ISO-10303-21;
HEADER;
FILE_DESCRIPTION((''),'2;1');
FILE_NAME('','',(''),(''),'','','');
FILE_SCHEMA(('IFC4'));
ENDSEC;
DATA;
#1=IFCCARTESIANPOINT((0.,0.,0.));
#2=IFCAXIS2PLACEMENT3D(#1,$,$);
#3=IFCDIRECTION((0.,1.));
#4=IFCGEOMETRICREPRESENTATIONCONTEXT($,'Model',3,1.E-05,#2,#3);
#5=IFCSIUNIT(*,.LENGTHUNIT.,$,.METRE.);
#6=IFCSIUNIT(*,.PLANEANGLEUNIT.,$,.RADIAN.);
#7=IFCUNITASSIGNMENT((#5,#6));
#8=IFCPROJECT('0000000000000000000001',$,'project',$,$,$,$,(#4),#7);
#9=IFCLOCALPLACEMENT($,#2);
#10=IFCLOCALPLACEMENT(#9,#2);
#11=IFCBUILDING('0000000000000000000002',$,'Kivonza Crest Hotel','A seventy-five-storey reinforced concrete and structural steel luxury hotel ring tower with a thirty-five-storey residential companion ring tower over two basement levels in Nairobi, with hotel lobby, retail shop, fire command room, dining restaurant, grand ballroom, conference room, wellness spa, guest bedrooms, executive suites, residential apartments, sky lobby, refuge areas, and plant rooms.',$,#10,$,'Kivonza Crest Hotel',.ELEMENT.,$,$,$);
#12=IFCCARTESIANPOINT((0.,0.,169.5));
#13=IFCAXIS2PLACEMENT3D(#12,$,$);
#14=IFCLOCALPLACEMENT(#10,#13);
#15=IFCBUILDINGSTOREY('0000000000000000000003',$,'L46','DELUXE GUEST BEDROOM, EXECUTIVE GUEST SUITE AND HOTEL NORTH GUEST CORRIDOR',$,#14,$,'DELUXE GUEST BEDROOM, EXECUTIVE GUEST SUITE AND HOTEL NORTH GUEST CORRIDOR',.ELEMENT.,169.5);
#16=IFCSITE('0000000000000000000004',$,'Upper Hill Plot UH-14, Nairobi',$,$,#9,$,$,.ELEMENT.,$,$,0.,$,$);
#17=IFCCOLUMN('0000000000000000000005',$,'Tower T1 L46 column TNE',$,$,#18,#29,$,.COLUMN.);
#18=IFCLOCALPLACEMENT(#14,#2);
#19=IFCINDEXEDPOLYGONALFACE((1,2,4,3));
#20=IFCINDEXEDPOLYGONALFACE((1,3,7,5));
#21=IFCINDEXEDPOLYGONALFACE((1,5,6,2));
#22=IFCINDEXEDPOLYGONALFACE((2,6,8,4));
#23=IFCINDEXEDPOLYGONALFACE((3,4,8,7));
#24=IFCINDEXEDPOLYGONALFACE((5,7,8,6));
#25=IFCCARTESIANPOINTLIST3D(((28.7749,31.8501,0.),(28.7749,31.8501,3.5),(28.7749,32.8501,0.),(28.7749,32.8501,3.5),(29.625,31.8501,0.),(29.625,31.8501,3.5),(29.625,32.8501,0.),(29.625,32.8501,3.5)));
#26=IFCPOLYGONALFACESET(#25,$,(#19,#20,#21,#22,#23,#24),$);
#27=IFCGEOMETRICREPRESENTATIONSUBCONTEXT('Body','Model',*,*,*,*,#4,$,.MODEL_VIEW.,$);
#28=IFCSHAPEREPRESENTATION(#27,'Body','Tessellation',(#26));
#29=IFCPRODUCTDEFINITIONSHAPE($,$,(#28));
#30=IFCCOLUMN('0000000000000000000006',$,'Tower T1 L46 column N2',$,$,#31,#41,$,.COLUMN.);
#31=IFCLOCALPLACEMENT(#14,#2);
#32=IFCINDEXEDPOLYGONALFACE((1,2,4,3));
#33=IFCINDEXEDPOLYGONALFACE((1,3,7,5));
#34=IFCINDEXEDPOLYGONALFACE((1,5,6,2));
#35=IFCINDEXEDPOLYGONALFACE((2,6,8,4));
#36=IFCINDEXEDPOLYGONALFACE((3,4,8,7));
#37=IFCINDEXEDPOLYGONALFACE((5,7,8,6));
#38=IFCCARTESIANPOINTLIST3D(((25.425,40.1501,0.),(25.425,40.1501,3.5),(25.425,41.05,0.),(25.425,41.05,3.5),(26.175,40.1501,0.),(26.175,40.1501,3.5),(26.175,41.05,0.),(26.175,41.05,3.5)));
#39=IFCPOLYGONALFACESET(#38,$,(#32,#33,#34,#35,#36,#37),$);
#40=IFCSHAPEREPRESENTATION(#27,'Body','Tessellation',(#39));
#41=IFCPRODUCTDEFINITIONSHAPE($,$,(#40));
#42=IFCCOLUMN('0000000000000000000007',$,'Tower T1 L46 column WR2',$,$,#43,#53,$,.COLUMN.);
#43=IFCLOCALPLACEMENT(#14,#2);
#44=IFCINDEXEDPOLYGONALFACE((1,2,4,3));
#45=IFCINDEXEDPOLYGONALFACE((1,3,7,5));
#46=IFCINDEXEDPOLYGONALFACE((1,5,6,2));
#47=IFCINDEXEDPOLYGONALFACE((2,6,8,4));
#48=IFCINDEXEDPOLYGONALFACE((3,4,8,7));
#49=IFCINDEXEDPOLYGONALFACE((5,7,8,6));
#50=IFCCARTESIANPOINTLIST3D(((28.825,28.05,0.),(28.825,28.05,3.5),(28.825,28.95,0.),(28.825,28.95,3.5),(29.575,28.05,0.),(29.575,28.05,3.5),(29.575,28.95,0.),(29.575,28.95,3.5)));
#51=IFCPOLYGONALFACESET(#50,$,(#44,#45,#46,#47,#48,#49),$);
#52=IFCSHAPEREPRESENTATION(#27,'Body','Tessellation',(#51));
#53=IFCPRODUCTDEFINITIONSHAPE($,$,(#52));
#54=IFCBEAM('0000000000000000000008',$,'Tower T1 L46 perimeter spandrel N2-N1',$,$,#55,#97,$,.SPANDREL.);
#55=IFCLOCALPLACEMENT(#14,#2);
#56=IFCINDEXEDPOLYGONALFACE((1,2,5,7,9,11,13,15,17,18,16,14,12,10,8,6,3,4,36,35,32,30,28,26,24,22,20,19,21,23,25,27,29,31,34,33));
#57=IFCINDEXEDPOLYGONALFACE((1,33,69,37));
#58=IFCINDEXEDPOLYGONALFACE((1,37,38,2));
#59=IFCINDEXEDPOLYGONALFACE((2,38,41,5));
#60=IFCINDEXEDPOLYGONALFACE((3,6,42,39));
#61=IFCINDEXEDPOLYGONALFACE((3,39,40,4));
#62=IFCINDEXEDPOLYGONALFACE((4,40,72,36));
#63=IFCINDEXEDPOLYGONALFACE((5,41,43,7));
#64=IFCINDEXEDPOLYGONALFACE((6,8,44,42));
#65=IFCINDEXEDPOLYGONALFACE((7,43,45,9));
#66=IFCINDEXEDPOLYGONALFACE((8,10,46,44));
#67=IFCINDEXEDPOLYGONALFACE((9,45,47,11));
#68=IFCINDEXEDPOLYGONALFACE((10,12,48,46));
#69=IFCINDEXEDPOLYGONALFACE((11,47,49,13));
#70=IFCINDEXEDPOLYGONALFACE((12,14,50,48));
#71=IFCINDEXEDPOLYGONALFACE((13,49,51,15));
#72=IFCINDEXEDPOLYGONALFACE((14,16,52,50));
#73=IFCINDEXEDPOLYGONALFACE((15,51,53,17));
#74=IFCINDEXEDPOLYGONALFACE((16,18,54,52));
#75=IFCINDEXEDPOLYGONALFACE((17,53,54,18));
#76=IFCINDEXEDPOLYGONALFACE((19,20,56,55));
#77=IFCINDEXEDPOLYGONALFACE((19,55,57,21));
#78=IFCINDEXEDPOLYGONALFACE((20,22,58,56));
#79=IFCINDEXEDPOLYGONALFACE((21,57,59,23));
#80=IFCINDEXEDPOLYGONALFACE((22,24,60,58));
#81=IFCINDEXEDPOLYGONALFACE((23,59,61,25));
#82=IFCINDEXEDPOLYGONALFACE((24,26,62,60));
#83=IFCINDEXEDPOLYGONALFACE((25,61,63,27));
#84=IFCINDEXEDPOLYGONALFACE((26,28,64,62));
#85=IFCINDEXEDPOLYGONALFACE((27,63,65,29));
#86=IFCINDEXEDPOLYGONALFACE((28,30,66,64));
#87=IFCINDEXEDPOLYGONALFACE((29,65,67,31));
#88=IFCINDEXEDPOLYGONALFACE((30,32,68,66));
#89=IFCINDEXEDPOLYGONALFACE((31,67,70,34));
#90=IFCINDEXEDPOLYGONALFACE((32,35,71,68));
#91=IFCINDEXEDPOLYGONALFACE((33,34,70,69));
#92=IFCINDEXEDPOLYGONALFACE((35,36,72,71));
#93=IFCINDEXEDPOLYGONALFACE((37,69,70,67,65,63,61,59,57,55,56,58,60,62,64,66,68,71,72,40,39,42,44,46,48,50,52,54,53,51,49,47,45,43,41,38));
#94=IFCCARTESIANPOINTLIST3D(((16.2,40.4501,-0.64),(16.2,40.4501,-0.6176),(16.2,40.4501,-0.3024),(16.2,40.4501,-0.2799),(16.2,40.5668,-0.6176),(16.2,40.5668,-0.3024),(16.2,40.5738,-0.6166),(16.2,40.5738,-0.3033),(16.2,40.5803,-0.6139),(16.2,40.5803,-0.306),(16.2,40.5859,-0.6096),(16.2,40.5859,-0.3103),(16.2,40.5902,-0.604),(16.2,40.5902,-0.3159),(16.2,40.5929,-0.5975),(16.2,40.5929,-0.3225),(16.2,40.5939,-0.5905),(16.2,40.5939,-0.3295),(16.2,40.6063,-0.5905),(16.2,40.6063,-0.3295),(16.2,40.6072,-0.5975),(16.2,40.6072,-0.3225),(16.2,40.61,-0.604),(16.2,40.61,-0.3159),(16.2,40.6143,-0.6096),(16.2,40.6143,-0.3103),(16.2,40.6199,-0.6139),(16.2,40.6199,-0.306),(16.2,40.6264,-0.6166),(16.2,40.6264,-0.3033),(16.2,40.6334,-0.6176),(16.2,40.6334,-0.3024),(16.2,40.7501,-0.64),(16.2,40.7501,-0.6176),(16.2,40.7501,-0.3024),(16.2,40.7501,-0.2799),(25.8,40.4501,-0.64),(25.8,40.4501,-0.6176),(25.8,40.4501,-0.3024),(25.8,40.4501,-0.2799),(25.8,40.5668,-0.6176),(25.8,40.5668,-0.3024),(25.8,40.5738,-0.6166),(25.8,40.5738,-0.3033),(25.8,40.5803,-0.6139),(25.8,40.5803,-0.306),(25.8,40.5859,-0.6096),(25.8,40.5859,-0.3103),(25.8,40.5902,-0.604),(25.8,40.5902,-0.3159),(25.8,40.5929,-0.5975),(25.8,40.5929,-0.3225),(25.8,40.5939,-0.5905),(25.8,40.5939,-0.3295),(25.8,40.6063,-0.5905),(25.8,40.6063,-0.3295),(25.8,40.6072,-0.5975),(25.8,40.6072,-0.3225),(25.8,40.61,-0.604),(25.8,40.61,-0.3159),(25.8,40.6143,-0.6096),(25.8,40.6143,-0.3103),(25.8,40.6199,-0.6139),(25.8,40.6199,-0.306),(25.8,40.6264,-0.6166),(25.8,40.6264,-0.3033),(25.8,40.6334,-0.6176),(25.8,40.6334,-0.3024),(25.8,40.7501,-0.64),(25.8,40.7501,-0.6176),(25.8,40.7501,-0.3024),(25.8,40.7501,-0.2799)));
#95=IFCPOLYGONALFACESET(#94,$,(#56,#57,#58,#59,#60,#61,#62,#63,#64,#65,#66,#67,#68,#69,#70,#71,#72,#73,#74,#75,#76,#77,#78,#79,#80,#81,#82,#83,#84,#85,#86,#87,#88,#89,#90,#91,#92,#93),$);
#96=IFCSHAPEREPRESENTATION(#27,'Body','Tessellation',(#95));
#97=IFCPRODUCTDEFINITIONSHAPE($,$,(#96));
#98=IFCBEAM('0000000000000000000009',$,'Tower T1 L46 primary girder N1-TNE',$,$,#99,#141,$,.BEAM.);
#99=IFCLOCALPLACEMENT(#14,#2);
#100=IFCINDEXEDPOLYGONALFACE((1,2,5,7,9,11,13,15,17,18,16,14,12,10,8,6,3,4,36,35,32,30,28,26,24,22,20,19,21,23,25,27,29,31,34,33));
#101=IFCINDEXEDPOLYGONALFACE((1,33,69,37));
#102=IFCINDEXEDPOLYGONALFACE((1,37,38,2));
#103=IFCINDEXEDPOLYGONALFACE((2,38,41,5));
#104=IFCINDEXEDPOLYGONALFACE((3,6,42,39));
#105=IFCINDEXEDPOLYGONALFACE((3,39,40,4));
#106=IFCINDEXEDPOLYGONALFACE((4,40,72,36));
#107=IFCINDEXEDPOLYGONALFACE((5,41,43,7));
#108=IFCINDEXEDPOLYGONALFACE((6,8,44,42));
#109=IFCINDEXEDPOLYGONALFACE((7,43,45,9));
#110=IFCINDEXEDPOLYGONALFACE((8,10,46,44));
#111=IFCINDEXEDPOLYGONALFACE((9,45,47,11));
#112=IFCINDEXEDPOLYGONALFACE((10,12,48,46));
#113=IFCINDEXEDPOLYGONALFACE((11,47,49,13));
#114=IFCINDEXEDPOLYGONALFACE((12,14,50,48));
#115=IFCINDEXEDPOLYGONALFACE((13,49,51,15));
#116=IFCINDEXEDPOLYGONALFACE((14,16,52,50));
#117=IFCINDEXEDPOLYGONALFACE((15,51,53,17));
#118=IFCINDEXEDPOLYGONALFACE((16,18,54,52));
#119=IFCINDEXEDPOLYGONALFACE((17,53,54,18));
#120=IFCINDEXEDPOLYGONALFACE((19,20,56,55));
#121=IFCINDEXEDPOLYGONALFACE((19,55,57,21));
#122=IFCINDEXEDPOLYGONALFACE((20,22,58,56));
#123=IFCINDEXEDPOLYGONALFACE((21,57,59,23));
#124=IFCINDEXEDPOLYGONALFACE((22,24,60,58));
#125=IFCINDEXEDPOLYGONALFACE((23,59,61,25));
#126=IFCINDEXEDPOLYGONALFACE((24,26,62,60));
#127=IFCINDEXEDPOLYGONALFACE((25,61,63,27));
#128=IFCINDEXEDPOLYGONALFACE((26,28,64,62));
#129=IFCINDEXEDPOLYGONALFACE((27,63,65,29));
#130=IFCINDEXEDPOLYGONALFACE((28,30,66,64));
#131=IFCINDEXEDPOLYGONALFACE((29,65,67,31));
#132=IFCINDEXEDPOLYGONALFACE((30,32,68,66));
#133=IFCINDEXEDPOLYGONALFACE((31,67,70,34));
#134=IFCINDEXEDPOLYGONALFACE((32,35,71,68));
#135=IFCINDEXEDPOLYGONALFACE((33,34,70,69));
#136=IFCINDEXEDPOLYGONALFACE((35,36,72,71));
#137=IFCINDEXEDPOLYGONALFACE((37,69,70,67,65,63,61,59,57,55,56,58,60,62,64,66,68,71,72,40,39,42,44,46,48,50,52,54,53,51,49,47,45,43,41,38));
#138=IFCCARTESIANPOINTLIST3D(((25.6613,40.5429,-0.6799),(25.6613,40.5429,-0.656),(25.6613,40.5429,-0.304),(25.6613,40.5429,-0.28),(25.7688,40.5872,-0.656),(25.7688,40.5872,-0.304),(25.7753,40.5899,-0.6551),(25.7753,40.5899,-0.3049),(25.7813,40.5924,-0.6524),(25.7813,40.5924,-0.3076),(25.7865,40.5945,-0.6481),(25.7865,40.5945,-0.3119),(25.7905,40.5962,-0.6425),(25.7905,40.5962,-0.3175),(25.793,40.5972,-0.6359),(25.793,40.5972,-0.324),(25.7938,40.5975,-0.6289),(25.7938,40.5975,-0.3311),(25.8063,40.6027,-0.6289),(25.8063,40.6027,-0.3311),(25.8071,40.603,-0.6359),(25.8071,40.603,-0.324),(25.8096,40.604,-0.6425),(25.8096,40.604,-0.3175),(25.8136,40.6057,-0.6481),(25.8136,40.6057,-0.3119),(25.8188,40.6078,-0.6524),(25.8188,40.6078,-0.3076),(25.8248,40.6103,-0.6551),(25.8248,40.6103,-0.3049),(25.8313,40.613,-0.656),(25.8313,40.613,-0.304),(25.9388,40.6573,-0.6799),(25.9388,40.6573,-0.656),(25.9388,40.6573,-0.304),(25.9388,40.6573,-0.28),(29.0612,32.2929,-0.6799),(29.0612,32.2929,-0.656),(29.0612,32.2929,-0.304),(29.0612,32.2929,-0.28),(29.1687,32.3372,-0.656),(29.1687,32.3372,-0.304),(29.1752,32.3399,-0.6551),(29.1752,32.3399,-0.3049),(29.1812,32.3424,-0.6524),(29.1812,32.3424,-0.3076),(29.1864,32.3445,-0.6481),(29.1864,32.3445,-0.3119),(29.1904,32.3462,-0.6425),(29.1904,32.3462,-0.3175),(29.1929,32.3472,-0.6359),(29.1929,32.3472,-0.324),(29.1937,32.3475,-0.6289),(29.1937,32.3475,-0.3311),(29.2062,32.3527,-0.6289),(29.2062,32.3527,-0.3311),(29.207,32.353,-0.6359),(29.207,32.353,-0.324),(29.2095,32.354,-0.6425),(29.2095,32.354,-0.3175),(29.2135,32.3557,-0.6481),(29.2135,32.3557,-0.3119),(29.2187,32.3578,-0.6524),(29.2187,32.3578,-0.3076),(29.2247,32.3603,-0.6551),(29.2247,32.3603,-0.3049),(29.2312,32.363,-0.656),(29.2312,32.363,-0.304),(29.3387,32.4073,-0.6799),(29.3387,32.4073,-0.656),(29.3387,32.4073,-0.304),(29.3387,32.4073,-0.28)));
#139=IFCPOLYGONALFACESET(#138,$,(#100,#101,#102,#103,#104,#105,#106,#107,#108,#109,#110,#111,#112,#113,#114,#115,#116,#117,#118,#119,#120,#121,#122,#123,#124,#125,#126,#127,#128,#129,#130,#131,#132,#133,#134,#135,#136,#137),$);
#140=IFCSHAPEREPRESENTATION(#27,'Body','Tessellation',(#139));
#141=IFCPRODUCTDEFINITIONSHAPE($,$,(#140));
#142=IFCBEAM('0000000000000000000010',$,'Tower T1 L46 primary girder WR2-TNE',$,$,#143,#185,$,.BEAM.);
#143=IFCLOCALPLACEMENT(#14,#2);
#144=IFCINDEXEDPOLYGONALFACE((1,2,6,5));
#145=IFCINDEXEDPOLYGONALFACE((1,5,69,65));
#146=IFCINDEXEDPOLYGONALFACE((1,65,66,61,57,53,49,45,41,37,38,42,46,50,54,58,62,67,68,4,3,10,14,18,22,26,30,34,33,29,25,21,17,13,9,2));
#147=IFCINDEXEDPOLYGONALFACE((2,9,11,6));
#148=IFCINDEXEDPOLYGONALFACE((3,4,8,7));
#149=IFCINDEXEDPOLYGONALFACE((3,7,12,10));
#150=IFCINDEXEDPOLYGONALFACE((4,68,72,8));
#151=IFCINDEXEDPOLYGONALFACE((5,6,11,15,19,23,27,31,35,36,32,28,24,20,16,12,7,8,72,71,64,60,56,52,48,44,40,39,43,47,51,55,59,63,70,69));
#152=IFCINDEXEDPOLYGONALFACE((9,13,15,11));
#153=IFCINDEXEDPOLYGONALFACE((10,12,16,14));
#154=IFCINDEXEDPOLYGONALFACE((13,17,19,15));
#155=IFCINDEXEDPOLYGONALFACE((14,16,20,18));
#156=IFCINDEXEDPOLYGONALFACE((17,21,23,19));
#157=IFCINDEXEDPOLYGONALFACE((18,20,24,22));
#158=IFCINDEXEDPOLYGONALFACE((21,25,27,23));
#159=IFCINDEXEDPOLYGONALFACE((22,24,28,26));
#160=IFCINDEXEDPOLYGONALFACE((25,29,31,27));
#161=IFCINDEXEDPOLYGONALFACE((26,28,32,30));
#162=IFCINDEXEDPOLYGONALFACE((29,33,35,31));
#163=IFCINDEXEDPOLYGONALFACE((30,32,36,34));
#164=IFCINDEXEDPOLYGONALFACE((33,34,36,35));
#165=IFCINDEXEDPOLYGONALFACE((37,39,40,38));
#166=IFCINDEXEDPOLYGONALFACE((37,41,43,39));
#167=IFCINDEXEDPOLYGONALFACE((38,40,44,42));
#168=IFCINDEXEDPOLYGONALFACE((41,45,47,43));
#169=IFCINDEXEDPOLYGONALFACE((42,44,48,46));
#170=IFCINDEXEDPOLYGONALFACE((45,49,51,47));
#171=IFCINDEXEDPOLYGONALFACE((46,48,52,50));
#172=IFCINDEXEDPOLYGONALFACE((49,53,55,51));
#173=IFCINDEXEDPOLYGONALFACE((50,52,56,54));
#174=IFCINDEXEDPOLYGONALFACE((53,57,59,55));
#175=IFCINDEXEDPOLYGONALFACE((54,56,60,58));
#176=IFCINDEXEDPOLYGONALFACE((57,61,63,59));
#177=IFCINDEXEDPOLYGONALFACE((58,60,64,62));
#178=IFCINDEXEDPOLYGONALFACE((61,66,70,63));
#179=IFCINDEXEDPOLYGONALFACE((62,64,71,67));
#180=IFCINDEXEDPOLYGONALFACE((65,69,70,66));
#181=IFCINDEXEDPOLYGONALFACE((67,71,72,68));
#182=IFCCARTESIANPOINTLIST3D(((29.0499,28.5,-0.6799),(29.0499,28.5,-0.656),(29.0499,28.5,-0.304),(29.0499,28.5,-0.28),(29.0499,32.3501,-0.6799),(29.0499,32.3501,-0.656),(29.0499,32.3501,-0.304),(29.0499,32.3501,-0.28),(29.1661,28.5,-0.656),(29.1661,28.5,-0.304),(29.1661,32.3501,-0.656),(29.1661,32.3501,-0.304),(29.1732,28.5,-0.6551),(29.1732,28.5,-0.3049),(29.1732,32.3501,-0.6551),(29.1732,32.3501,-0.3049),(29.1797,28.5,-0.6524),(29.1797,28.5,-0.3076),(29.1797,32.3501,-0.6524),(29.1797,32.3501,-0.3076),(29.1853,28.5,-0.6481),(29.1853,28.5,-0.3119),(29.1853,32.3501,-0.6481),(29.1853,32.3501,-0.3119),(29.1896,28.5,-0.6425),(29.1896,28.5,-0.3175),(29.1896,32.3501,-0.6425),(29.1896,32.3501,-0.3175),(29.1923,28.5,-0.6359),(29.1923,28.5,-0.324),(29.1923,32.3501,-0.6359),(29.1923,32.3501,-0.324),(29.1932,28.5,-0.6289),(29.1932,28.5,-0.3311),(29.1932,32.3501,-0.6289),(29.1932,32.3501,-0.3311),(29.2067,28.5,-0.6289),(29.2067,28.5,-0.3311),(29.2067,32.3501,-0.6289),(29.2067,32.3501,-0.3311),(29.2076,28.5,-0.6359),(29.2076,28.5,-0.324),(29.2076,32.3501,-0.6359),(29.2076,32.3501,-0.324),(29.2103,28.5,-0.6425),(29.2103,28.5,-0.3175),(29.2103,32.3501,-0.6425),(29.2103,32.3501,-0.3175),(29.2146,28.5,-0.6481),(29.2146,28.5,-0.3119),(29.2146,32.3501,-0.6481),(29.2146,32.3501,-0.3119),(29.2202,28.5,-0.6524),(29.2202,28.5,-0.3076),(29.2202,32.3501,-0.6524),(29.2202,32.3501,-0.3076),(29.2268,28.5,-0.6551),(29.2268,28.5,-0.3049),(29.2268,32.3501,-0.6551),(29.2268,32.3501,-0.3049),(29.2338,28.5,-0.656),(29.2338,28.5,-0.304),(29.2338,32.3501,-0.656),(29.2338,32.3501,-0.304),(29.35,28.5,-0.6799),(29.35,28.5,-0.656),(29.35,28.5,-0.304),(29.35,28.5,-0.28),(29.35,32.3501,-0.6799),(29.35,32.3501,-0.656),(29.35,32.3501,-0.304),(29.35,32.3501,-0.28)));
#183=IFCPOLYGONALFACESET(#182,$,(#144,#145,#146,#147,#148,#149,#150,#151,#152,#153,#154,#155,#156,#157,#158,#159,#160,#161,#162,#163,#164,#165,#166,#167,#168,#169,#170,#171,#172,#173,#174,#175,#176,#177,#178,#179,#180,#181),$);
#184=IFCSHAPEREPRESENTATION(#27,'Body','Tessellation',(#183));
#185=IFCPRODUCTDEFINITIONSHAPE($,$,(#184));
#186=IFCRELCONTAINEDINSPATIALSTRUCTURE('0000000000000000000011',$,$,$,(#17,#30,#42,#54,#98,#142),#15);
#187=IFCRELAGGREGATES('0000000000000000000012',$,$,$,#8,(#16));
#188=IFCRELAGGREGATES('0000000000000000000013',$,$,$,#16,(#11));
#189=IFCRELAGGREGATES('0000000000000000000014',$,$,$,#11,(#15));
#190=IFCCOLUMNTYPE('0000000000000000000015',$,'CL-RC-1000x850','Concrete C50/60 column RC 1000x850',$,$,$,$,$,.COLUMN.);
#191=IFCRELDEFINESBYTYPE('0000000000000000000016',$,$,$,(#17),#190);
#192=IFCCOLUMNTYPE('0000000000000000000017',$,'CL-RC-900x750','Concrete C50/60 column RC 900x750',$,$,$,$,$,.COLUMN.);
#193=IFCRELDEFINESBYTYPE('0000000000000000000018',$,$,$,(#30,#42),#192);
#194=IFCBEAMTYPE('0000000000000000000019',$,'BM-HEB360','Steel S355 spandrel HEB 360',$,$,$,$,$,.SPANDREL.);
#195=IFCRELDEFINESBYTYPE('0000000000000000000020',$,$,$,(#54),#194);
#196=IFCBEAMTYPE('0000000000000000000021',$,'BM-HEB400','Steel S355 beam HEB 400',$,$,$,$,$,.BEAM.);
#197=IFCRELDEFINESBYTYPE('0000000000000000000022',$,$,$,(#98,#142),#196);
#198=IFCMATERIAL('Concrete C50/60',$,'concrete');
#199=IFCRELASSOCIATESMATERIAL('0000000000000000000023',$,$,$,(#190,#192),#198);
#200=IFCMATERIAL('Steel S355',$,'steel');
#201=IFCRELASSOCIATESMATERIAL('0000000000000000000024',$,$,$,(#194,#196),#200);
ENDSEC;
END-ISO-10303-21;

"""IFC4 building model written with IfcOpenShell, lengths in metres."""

from ifc_helpers import new_model, si_unit, direction, frame, origin, origin_2d, place, context, subcontext, project, spatial, rectangle, i_section, extrude, material, material_profile, profile_set, type_object, element, save


model = new_model("IFC4")

# Units and contexts
model_context = context("Model", 3, precision=1e-05, world=origin(), true_north=direction((0.0, 1.0)))
body_context = subcontext(model_context, "Body", "Model", "MODEL_VIEW")
ifc_project = project(units=[si_unit("LENGTHUNIT", "METRE"), si_unit("PLANEANGLEUNIT", "RADIAN")], contexts=[model_context])

# Site, building, storey
site_placement = place(None, origin())
site = spatial("IfcSite", under=ifc_project, at=site_placement, Name="Upper Hill Plot UH-14, Nairobi", CompositionType="ELEMENT", RefElevation=0.0)
building_placement = place(site_placement, origin())
building = spatial("IfcBuilding", under=site, at=building_placement, Name="Kivonza Crest Hotel", Description="A seventy-five-storey reinforced concrete and structural steel luxury hotel ring tower with a thirty-five-storey residential companion ring tower over two basement levels in Nairobi, with hotel lobby, retail shop, fire command room, dining restaurant, grand ballroom, conference room, wellness spa, guest bedrooms, executive suites, residential apartments, sky lobby, refuge areas, and plant rooms.", LongName="Kivonza Crest Hotel", CompositionType="ELEMENT")
storey_placement = place(building_placement, frame((0.0, 0.0, 169.5)))
storey = spatial("IfcBuildingStorey", under=building, at=storey_placement, Name="L46", Description="DELUXE GUEST BEDROOM, EXECUTIVE GUEST SUITE AND HOTEL NORTH GUEST CORRIDOR", LongName="DELUXE GUEST BEDROOM, EXECUTIVE GUEST SUITE AND HOTEL NORTH GUEST CORRIDOR", CompositionType="ELEMENT", Elevation=169.5)

# Columns
ifc_material_1 = material(Name="Concrete C50/60", Category="concrete")
ifc_material_profile_1 = material_profile(ifc_material_1, rectangle(XDim=0.8501, YDim=1.0, at=origin_2d()), Name="RC 1000x850")
ifc_profile_set_1 = profile_set([ifc_material_profile_1], Name="Concrete C50/60")
column_type_1 = type_object("IfcColumnType", Name="CL-RC-1000x850", Description="Concrete C50/60 column RC 1000x850", PredefinedType="COLUMN", material=ifc_profile_set_1)
column_placement = place(storey_placement, frame((29.2, 32.3501, 0.0), z_axis=(0.0, 0.0, 1.0), x_axis=(1.0, 0.0, 0.0)))
element("IfcColumn", 1, at=column_placement, inside=storey, type_object=column_type_1, Name="Tower T1 L46 column TNE", PredefinedType="COLUMN", context=body_context, shape_type="SweptSolid", body=[
    extrude(rectangle(XDim=0.8501, YDim=1.0, at=origin_2d()), origin(), (0.0, 0.0, 1.0), 3.5),
])
ifc_material_profile_2 = material_profile(ifc_material_1, rectangle(XDim=0.75, YDim=0.8999, at=origin_2d()), Name="RC 900x750")
ifc_profile_set_2 = profile_set([ifc_material_profile_2], Name="Concrete C50/60")
column_type_2 = type_object("IfcColumnType", Name="CL-RC-900x750", Description="Concrete C50/60 column RC 900x750", PredefinedType="COLUMN", material=ifc_profile_set_2)
for number, where, z_axis, x_axis, name in (
    (2, (25.8, 40.6001, 0.0), (0.0, 0.0, 1.0), (1.0, 0.0, 0.0), "Tower T1 L46 column N2"),
    (3, (29.2, 28.5, 0.0), (0.0, 0.0, 1.0), (1.0, 0.0, 0.0), "Tower T1 L46 column WR2"),
):
    element("IfcColumn", number, at=place(storey_placement, frame(where, z_axis=z_axis, x_axis=x_axis)), inside=storey, type_object=column_type_2, Name=name, PredefinedType="COLUMN", context=body_context, shape_type="SweptSolid", body=[
        extrude(rectangle(XDim=0.75, YDim=0.8999, at=origin_2d()), origin(), (0.0, 0.0, 1.0), 3.5),
    ])

# Beams
ifc_material_2 = material(Name="Steel S355", Category="steel")
ifc_material_profile_3 = material_profile(ifc_material_2, i_section(OverallWidth=0.3, OverallDepth=0.3601, WebThickness=0.0125, FlangeThickness=0.0225, FilletRadius=0.0271, at=origin_2d()), Name="HEB 360")
ifc_profile_set_3 = profile_set([ifc_material_profile_3], Name="Steel S355")
beam_type_1 = type_object("IfcBeamType", Name="BM-HEB360", Description="Steel S355 spandrel HEB 360", PredefinedType="SPANDREL", material=ifc_profile_set_3)
beam_1_placement = place(storey_placement, frame((25.8, 40.6001, -0.46), z_axis=(-1.0, 0.0, 0.0), x_axis=(0.0, -1.0, 0.0)))
element("IfcBeam", 4, at=beam_1_placement, inside=storey, type_object=beam_type_1, Name="Tower T1 L46 perimeter spandrel N2-N1", PredefinedType="SPANDREL", context=body_context, shape_type="SweptSolid", body=[
    extrude(i_section(OverallWidth=0.3, OverallDepth=0.3601, WebThickness=0.0125, FlangeThickness=0.0225, FilletRadius=0.0271, at=origin_2d()), origin(), (0.0, 0.0, 1.0), 9.6001),
])
ifc_material_profile_4 = material_profile(ifc_material_2, i_section(OverallWidth=0.3, OverallDepth=0.3999, WebThickness=0.0134, FlangeThickness=0.0239, FilletRadius=0.0271, at=origin_2d()), Name="HEB 400")
ifc_profile_set_4 = profile_set([ifc_material_profile_4], Name="Steel S355")
beam_type_2 = type_object("IfcBeamType", Name="BM-HEB400", Description="Steel S355 beam HEB 400", PredefinedType="BEAM", material=ifc_profile_set_4)
beam_2_placement = place(storey_placement, frame((25.8, 40.6001, -0.48), z_axis=(0.381022, -0.924566, 0.0), x_axis=(0.924566, 0.381022, 0.0)))
element("IfcBeam", 5, at=beam_2_placement, inside=storey, type_object=beam_type_2, Name="Tower T1 L46 primary girder N1-TNE", PredefinedType="BEAM", context=body_context, shape_type="SweptSolid", body=[
    extrude(i_section(OverallWidth=0.3, OverallDepth=0.3999, WebThickness=0.0134, FlangeThickness=0.0239, FilletRadius=0.0271, at=origin_2d()), origin(), (0.0, 0.0, 1.0), 8.9231),
])
beam_3_placement = place(storey_placement, frame((29.2, 28.5, -0.48), z_axis=(0.0, 1.0, 0.0), x_axis=(-1.0, 0.0, 0.0)))
element("IfcBeam", 6, at=beam_3_placement, inside=storey, type_object=beam_type_2, Name="Tower T1 L46 primary girder WR2-TNE", PredefinedType="BEAM", context=body_context, shape_type="SweptSolid", body=[
    extrude(i_section(OverallWidth=0.3, OverallDepth=0.3999, WebThickness=0.0134, FlangeThickness=0.0239, FilletRadius=0.0271, at=origin_2d()), origin(), (0.0, 0.0, 1.0), 3.8501),
])

save(model, "model.ifc")
